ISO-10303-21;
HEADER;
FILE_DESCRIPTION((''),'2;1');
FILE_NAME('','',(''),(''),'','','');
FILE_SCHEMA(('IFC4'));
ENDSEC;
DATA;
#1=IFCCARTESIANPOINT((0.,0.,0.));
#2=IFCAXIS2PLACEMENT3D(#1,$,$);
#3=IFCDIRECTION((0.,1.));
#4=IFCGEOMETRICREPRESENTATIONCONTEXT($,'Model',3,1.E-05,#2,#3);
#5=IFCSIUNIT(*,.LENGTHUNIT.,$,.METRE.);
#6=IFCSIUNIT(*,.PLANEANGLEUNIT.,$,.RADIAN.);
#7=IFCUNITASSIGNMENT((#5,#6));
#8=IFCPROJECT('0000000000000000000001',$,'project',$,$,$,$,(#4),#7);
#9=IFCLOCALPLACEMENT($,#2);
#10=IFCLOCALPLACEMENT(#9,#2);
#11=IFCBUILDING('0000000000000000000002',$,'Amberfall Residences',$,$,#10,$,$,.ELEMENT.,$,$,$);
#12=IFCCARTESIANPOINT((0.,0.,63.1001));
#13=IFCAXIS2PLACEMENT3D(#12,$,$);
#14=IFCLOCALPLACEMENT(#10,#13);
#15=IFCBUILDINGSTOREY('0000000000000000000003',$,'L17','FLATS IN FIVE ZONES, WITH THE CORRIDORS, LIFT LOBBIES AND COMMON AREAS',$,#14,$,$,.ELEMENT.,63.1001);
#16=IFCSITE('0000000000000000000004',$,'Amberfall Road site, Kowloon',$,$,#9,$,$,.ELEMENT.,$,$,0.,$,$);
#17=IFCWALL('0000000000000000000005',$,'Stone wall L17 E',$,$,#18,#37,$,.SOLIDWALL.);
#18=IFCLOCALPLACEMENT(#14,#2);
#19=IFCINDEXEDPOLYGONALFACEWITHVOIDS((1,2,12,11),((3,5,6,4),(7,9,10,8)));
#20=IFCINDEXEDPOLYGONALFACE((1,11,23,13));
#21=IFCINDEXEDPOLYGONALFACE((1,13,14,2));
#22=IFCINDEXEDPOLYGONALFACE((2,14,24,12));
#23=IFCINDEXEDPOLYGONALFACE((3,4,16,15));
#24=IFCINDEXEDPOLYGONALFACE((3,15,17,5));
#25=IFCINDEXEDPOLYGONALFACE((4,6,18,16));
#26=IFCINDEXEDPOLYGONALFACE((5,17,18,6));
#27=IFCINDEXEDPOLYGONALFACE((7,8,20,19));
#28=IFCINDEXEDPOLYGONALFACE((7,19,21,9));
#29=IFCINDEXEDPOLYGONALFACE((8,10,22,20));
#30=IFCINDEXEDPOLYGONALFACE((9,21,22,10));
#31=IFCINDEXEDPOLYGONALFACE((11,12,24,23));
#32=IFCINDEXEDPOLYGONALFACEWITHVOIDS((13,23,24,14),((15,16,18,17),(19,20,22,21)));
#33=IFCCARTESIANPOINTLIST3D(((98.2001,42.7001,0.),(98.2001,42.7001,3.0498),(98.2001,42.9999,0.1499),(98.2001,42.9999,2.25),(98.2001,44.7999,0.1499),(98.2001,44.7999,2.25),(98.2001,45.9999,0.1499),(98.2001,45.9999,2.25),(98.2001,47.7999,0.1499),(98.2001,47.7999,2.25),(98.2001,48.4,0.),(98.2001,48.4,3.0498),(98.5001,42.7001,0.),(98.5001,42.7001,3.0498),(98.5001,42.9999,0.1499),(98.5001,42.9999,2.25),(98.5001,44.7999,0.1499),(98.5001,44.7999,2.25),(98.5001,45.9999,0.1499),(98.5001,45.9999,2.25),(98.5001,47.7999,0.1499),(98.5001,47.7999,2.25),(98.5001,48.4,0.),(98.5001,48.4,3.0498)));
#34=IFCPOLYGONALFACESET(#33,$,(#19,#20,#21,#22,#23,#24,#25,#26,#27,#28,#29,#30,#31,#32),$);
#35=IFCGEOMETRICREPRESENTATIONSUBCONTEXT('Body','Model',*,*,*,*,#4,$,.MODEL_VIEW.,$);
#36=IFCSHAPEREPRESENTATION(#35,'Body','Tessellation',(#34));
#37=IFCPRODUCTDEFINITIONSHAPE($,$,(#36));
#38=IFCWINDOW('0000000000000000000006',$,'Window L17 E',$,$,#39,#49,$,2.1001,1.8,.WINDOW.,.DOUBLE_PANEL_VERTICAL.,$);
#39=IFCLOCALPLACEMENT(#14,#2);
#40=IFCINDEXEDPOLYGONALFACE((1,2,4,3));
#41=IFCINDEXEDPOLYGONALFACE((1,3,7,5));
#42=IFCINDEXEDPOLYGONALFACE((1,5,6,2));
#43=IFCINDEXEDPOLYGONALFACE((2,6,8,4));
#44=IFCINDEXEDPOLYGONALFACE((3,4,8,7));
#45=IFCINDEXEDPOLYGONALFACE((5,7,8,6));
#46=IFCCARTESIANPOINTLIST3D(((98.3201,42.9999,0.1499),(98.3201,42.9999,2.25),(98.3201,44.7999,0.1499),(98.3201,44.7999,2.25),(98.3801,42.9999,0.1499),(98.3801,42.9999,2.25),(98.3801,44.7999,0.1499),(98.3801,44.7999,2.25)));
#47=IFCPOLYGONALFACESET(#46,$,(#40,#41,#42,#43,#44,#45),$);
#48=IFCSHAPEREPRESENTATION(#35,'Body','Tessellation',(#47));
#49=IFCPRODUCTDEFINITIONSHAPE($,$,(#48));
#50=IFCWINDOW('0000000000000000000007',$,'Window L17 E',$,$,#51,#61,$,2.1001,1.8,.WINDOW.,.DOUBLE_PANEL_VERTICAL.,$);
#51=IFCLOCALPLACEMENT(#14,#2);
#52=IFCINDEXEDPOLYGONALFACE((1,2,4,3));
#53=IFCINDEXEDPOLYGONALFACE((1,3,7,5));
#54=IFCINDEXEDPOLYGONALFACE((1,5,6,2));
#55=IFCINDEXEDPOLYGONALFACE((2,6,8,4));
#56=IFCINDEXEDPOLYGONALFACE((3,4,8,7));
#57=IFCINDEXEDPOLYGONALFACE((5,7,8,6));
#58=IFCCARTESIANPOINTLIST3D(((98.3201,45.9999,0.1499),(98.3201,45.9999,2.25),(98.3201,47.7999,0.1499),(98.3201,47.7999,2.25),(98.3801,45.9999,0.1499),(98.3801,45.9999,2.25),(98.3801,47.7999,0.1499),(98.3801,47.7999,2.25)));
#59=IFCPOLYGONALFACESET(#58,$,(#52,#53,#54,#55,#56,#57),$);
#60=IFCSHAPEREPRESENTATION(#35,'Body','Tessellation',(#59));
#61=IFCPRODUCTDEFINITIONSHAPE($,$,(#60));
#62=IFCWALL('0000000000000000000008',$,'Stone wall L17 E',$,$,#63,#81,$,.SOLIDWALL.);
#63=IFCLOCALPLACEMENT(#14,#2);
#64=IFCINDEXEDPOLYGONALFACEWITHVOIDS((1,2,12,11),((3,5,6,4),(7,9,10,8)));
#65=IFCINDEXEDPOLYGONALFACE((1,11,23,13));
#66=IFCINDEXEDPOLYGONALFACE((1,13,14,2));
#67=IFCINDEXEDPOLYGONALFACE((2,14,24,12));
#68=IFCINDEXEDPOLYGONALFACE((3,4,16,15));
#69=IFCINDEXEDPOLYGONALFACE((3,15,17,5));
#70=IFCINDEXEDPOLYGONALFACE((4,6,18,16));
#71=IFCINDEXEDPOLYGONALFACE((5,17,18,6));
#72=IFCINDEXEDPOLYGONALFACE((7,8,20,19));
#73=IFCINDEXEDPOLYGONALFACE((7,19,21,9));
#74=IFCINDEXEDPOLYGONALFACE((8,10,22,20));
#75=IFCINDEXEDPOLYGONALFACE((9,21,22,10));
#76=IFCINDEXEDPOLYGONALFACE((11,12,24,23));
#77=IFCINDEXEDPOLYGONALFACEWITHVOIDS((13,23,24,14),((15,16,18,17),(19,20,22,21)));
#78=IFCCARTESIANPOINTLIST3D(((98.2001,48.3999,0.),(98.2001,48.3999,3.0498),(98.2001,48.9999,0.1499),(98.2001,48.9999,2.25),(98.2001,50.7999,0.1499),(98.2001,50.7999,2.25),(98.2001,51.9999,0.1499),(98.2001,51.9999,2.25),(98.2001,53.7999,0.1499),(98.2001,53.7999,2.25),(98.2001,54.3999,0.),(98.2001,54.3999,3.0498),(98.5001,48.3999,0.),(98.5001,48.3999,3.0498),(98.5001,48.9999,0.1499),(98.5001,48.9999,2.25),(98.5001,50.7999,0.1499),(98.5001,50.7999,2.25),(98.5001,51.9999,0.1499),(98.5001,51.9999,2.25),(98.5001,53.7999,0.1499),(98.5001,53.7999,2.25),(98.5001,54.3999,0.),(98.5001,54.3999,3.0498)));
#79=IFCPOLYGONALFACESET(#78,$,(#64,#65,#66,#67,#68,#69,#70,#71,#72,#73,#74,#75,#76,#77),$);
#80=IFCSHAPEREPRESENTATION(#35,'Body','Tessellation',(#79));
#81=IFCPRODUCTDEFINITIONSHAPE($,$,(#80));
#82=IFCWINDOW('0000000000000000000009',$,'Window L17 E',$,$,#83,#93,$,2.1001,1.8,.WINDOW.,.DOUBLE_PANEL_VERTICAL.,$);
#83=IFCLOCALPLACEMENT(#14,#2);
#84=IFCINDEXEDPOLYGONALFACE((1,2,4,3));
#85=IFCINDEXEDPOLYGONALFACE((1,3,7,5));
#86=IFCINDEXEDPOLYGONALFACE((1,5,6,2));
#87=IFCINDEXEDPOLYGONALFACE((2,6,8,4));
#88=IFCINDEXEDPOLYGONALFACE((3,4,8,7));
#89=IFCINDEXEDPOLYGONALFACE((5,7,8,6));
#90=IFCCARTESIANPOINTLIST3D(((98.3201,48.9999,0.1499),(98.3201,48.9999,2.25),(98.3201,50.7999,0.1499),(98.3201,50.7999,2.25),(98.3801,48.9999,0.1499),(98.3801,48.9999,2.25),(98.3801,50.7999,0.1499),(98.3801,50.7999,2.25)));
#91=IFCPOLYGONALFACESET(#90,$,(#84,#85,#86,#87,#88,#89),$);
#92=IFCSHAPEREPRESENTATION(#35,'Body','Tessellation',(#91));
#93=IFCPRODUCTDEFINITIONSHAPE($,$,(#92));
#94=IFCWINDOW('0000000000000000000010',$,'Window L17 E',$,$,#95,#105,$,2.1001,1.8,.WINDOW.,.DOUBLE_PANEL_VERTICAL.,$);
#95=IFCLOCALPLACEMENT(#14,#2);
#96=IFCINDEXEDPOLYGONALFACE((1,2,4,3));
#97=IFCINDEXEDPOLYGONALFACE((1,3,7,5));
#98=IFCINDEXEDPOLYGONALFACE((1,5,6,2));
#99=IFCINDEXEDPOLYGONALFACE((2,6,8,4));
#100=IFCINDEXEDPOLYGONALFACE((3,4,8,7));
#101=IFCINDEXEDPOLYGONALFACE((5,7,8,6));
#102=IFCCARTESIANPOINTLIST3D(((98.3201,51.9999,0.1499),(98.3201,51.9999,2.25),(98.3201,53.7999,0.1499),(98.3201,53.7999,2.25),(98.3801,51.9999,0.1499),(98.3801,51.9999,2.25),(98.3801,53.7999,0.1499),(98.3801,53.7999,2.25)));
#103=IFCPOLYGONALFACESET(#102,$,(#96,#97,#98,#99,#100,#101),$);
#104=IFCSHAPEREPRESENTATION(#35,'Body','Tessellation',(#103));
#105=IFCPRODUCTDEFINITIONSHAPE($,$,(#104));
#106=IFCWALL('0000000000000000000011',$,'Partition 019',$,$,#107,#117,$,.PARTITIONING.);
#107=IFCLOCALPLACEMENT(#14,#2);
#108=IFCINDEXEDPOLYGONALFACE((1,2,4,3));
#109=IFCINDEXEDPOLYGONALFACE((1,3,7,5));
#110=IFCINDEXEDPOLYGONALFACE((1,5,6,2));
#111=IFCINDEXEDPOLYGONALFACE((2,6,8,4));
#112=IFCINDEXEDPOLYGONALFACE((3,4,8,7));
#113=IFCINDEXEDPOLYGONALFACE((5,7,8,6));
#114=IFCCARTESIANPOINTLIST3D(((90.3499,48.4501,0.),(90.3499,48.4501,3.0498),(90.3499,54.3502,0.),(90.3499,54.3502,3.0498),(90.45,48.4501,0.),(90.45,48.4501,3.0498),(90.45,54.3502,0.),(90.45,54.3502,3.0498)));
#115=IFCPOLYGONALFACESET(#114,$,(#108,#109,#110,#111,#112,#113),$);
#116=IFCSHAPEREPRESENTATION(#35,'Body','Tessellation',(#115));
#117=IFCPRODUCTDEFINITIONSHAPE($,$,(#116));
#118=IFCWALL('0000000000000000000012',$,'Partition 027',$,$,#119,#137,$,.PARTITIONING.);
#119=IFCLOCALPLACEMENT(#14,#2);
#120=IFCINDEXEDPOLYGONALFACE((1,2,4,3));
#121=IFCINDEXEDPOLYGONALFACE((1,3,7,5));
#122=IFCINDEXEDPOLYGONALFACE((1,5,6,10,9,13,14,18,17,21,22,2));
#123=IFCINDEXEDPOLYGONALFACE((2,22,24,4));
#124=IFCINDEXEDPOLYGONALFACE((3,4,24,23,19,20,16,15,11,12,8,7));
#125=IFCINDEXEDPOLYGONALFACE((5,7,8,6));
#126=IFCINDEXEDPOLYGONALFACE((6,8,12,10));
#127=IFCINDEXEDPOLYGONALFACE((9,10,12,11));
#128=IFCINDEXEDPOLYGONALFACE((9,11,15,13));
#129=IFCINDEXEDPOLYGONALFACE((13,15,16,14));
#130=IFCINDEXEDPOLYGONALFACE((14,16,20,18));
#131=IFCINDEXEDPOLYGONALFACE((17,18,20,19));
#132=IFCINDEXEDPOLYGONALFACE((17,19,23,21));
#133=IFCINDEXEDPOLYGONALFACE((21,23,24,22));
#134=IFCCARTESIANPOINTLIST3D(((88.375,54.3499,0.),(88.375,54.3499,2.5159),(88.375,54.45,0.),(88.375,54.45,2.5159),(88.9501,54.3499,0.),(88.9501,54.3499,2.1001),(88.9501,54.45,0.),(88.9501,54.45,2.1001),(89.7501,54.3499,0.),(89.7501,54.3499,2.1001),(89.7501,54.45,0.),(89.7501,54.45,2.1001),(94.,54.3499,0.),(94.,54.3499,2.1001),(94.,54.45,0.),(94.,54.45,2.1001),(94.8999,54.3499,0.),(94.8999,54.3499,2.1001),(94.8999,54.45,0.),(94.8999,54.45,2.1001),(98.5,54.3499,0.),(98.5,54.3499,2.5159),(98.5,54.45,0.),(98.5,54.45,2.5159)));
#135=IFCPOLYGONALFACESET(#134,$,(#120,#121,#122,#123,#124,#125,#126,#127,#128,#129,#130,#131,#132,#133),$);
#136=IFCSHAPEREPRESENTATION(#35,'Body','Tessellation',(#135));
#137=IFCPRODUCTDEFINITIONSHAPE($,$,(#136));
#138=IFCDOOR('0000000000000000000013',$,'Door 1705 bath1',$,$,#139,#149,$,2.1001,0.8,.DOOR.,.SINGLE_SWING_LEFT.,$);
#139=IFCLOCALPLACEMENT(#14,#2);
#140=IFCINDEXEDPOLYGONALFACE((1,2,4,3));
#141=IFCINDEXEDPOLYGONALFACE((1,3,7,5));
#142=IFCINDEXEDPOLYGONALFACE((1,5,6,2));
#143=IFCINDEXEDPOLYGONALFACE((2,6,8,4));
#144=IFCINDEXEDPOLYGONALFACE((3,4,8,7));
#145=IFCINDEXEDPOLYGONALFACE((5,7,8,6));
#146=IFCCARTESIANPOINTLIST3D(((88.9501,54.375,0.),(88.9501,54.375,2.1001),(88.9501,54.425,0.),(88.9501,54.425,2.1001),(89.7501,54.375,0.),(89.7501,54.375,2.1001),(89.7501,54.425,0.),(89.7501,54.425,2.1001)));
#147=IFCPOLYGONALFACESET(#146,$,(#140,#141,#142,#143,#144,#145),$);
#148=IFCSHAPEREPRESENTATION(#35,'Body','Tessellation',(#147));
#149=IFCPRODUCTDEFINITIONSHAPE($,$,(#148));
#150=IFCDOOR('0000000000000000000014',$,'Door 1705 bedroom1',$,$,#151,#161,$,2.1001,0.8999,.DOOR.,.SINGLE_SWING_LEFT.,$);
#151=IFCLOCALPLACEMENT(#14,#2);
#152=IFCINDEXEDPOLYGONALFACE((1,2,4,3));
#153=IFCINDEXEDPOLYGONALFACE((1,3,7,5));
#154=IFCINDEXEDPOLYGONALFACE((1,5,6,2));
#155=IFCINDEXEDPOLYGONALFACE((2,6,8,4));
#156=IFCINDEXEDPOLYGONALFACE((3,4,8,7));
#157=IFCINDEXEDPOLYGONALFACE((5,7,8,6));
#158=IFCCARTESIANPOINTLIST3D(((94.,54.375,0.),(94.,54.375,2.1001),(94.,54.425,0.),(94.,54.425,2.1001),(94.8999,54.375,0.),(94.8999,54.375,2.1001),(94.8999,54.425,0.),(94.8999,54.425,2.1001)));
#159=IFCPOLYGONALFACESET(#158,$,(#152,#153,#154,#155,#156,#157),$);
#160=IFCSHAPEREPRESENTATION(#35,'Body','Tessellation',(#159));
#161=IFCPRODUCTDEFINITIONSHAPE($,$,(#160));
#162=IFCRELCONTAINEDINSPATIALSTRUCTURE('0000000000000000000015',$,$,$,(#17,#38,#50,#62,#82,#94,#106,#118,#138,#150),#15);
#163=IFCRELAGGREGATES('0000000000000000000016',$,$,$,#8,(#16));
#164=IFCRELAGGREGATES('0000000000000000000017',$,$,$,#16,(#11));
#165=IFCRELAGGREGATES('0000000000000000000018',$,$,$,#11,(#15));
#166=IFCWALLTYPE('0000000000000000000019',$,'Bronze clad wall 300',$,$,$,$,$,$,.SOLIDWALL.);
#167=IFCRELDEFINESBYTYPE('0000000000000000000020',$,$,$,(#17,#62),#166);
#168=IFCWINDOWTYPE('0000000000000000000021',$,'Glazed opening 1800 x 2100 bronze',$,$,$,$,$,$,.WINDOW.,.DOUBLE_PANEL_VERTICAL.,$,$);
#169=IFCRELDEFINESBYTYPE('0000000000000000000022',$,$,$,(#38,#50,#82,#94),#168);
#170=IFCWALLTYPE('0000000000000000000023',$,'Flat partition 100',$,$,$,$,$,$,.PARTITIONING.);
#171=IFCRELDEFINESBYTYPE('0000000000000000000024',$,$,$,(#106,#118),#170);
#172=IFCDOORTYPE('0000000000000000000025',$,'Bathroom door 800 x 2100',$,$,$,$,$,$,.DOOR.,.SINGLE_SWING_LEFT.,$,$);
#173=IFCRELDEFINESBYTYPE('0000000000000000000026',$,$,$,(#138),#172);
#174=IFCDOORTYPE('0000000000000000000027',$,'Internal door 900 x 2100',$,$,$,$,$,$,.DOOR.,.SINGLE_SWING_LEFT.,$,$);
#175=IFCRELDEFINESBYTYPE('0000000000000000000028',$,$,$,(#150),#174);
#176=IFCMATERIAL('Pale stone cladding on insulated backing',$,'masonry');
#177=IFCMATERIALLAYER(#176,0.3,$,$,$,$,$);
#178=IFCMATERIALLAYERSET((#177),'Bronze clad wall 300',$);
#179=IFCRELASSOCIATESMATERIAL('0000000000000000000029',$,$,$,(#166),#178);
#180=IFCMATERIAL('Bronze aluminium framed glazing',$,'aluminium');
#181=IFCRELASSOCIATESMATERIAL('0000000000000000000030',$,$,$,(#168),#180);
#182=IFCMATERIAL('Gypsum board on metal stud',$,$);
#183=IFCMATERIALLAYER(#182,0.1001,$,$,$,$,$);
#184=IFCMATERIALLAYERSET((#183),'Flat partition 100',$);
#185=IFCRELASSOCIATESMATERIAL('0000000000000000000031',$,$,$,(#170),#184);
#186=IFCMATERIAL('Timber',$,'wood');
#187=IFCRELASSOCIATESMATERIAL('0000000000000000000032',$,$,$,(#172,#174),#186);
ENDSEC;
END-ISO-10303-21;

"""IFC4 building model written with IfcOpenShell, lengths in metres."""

from ifc_helpers import new_model, si_unit, direction, frame, frame_2d, origin, place, context, subcontext, project, spatial, rectangle, extrude, material, layer, layer_set, type_object, element, fill, save


model = new_model("IFC4")

# Units and contexts
model_context = context("Model", 3, precision=1e-05, world=origin(), true_north=direction((0.0, 1.0)))
body_context = subcontext(model_context, "Body", "Model", "MODEL_VIEW")
ifc_project = project(units=[si_unit("LENGTHUNIT", "METRE"), si_unit("PLANEANGLEUNIT", "RADIAN")], contexts=[model_context])

# Site, building, storey
site_placement = place(None, origin())
site = spatial("IfcSite", under=ifc_project, at=site_placement, Name="Amberfall Road site, Kowloon", CompositionType="ELEMENT", RefElevation=0.0)
building_placement = place(site_placement, origin())
building = spatial("IfcBuilding", under=site, at=building_placement, Name="Amberfall Residences", CompositionType="ELEMENT")
storey_placement = place(building_placement, frame((0.0, 0.0, 63.1001)))
storey = spatial("IfcBuildingStorey", under=building, at=storey_placement, Name="L17", Description="FLATS IN FIVE ZONES, WITH THE CORRIDORS, LIFT LOBBIES AND COMMON AREAS", CompositionType="ELEMENT", Elevation=63.1001)

# Shared definitions
ifc_material_1 = material(Name="Pale stone cladding on insulated backing", Category="masonry")
ifc_layer_1 = layer(ifc_material_1, 0.3)
ifc_layer_set_1 = layer_set([ifc_layer_1], Name="Bronze clad wall 300")
wall_type_1 = type_object("IfcWallType", Name="Bronze clad wall 300", PredefinedType="SOLIDWALL", material=ifc_layer_set_1)
ifc_material_2 = material(Name="Bronze aluminium framed glazing", Category="aluminium")

# Walls, openings, windows
wall_1_placement = place(storey_placement, frame((98.3501, 42.7, 0.0), z_axis=(0.0, 0.0, 1.0), x_axis=(0.0, 1.0, 0.0)))
wall_1 = element("IfcWall", 1, at=wall_1_placement, inside=storey, type_object=wall_type_1, Name="Stone wall L17 E", PredefinedType="SOLIDWALL", context=body_context, shape_type="SweptSolid", body=[
    extrude(rectangle(XDim=5.7, YDim=0.3, at=frame_2d((2.8501, 0.0))), origin(), (0.0, 0.0, 1.0), 3.0498),
])
opening_1_placement = place(wall_1_placement, frame((0.3, 0.0, 0.1499)))
opening_1 = element("IfcOpeningElement", 2, at=opening_1_placement, cuts=wall_1, PredefinedType="OPENING", context=body_context, shape_type="SweptSolid", body=[
    extrude(rectangle(XDim=1.8, YDim=2.1001, at=frame_2d((0.8999, 1.05))), frame((0.0, 0.1599, 0.0), z_axis=(0.0, -1.0, 0.0), x_axis=(1.0, 0.0, 0.0)), (0.0, 0.0, 1.0), 0.3201),
])
opening_2_placement = place(wall_1_placement, frame((3.3, 0.0, 0.1499)))
opening_2 = element("IfcOpeningElement", 3, at=opening_2_placement, cuts=wall_1, PredefinedType="OPENING", context=body_context, shape_type="SweptSolid", body=[
    extrude(rectangle(XDim=1.8, YDim=2.1001, at=frame_2d((0.8999, 1.05))), frame((0.0, 0.1599, 0.0), z_axis=(0.0, -1.0, 0.0), x_axis=(1.0, 0.0, 0.0)), (0.0, 0.0, 1.0), 0.3201),
])
window_type_1 = type_object("IfcWindowType", Name="Glazed opening 1800 x 2100 bronze", PartitioningType="DOUBLE_PANEL_VERTICAL", PredefinedType="WINDOW", material=ifc_material_2)
window_1_placement = place(opening_1_placement, origin())
window_1 = element("IfcWindow", 4, at=window_1_placement, inside=storey, type_object=window_type_1, Name="Window L17 E", OverallHeight=2.1001, OverallWidth=1.8, PartitioningType="DOUBLE_PANEL_VERTICAL", PredefinedType="WINDOW", context=body_context, shape_type="SweptSolid", body=[
    extrude(rectangle(XDim=1.8, YDim=2.1001, at=frame_2d((0.8999, 1.05))), frame((0.0, 0.03, 0.0), z_axis=(0.0, -1.0, 0.0), x_axis=(1.0, 0.0, 0.0)), (0.0, 0.0, 1.0), 0.0601),
])
fill(opening_1, window_1)
window_2_placement = place(opening_2_placement, origin())
window_2 = element("IfcWindow", 5, at=window_2_placement, inside=storey, type_object=window_type_1, Name="Window L17 E", OverallHeight=2.1001, OverallWidth=1.8, PartitioningType="DOUBLE_PANEL_VERTICAL", PredefinedType="WINDOW", context=body_context, shape_type="SweptSolid", body=[
    extrude(rectangle(XDim=1.8, YDim=2.1001, at=frame_2d((0.8999, 1.05))), frame((0.0, 0.03, 0.0), z_axis=(0.0, -1.0, 0.0), x_axis=(1.0, 0.0, 0.0)), (0.0, 0.0, 1.0), 0.0601),
])
fill(opening_2, window_2)
wall_2_placement = place(storey_placement, frame((98.3501, 48.3999, 0.0), z_axis=(0.0, 0.0, 1.0), x_axis=(0.0, 1.0, 0.0)))
wall_2 = element("IfcWall", 6, at=wall_2_placement, inside=storey, type_object=wall_type_1, Name="Stone wall L17 E", PredefinedType="SOLIDWALL", context=body_context, shape_type="SweptSolid", body=[
    extrude(rectangle(XDim=6.0, YDim=0.3, at=frame_2d((3.0, 0.0))), origin(), (0.0, 0.0, 1.0), 3.0498),
])
opening_3_placement = place(wall_2_placement, frame((0.6001, 0.0, 0.1499)))
opening_3 = element("IfcOpeningElement", 7, at=opening_3_placement, cuts=wall_2, PredefinedType="OPENING", context=body_context, shape_type="SweptSolid", body=[
    extrude(rectangle(XDim=1.8, YDim=2.1001, at=frame_2d((0.8999, 1.05))), frame((0.0, 0.1599, 0.0), z_axis=(0.0, -1.0, 0.0), x_axis=(1.0, 0.0, 0.0)), (0.0, 0.0, 1.0), 0.3201),
])
opening_4_placement = place(wall_2_placement, frame((3.6001, 0.0, 0.1499)))
opening_4 = element("IfcOpeningElement", 8, at=opening_4_placement, cuts=wall_2, PredefinedType="OPENING", context=body_context, shape_type="SweptSolid", body=[
    extrude(rectangle(XDim=1.8, YDim=2.1001, at=frame_2d((0.8999, 1.05))), frame((0.0, 0.1599, 0.0), z_axis=(0.0, -1.0, 0.0), x_axis=(1.0, 0.0, 0.0)), (0.0, 0.0, 1.0), 0.3201),
])
window_3_placement = place(opening_3_placement, origin())
window_3 = element("IfcWindow", 9, at=window_3_placement, inside=storey, type_object=window_type_1, Name="Window L17 E", OverallHeight=2.1001, OverallWidth=1.8, PartitioningType="DOUBLE_PANEL_VERTICAL", PredefinedType="WINDOW", context=body_context, shape_type="SweptSolid", body=[
    extrude(rectangle(XDim=1.8, YDim=2.1001, at=frame_2d((0.8999, 1.05))), frame((0.0, 0.03, 0.0), z_axis=(0.0, -1.0, 0.0), x_axis=(1.0, 0.0, 0.0)), (0.0, 0.0, 1.0), 0.0601),
])
fill(opening_3, window_3)
window_4_placement = place(opening_4_placement, origin())
window_4 = element("IfcWindow", 10, at=window_4_placement, inside=storey, type_object=window_type_1, Name="Window L17 E", OverallHeight=2.1001, OverallWidth=1.8, PartitioningType="DOUBLE_PANEL_VERTICAL", PredefinedType="WINDOW", context=body_context, shape_type="SweptSolid", body=[
    extrude(rectangle(XDim=1.8, YDim=2.1001, at=frame_2d((0.8999, 1.05))), frame((0.0, 0.03, 0.0), z_axis=(0.0, -1.0, 0.0), x_axis=(1.0, 0.0, 0.0)), (0.0, 0.0, 1.0), 0.0601),
])
fill(opening_4, window_4)

# Wall
ifc_material_3 = material(Name="Gypsum board on metal stud")
ifc_layer_2 = layer(ifc_material_3, 0.1001)
ifc_layer_set_2 = layer_set([ifc_layer_2], Name="Flat partition 100")
wall_type_2 = type_object("IfcWallType", Name="Flat partition 100", PredefinedType="PARTITIONING", material=ifc_layer_set_2)
wall_3_placement = place(storey_placement, frame((90.3999, 48.45, 0.0), z_axis=(0.0, 0.0, 1.0), x_axis=(0.0, 1.0, 0.0)))
element("IfcWall", 11, at=wall_3_placement, inside=storey, type_object=wall_type_2, Name="Partition 019", PredefinedType="PARTITIONING", context=body_context, shape_type="SweptSolid", body=[
    extrude(rectangle(XDim=5.9001, YDim=0.1001, at=frame_2d((2.9502, 0.0))), origin(), (0.0, 0.0, 1.0), 3.0498),
])

# Wall, openings, doors
wall_4_placement = place(storey_placement, frame((98.5, 54.3999, 0.0), z_axis=(0.0, 0.0, 1.0), x_axis=(-1.0, 0.0, 0.0)))
wall_4 = element("IfcWall", 12, at=wall_4_placement, inside=storey, type_object=wall_type_2, Name="Partition 027", PredefinedType="PARTITIONING", context=body_context, shape_type="SweptSolid", body=[
    extrude(rectangle(XDim=10.125, YDim=0.1001, at=frame_2d((5.0625, 0.0))), origin(), (0.0, 0.0, 1.0), 2.5159),
])
opening_5_placement = place(wall_4_placement, frame((3.6001, 0.0, 0.0)))
opening_5 = element("IfcOpeningElement", 13, at=opening_5_placement, cuts=wall_4, PredefinedType="OPENING", context=body_context, shape_type="SweptSolid", body=[
    extrude(rectangle(XDim=0.8999, YDim=2.1001, at=frame_2d((0.45, 1.05))), frame((0.0, 0.0601, 0.0), z_axis=(0.0, -1.0, 0.0), x_axis=(1.0, 0.0, 0.0)), (0.0, 0.0, 1.0), 0.1201),
])
opening_6_placement = place(wall_4_placement, frame((8.75, 0.0, 0.0)))
opening_6 = element("IfcOpeningElement", 14, at=opening_6_placement, cuts=wall_4, PredefinedType="OPENING", context=body_context, shape_type="SweptSolid", body=[
    extrude(rectangle(XDim=0.8, YDim=2.1001, at=frame_2d((0.3999, 1.05))), frame((0.0, 0.0601, 0.0), z_axis=(0.0, -1.0, 0.0), x_axis=(1.0, 0.0, 0.0)), (0.0, 0.0, 1.0), 0.1201),
])
ifc_material_4 = material(Name="Timber", Category="wood")
door_type_1 = type_object("IfcDoorType", Name="Bathroom door 800 x 2100", OperationType="SINGLE_SWING_LEFT", PredefinedType="DOOR", material=ifc_material_4)
door_1_placement = place(opening_6_placement, origin())
door_1 = element("IfcDoor", 15, at=door_1_placement, inside=storey, type_object=door_type_1, Name="Door 1705 bath1", OperationType="SINGLE_SWING_LEFT", OverallHeight=2.1001, OverallWidth=0.8, PredefinedType="DOOR", context=body_context, shape_type="SweptSolid", body=[
    extrude(rectangle(XDim=0.8, YDim=2.1001, at=frame_2d((0.3999, 1.05))), frame((0.0, 0.0249, 0.0), z_axis=(0.0, -1.0, 0.0), x_axis=(1.0, 0.0, 0.0)), (0.0, 0.0, 1.0), 0.05),
])
fill(opening_6, door_1)
door_type_2 = type_object("IfcDoorType", Name="Internal door 900 x 2100", OperationType="SINGLE_SWING_LEFT", PredefinedType="DOOR", material=ifc_material_4)
door_2_placement = place(opening_5_placement, origin())
door_2 = element("IfcDoor", 16, at=door_2_placement, inside=storey, type_object=door_type_2, Name="Door 1705 bedroom1", OperationType="SINGLE_SWING_LEFT", OverallHeight=2.1001, OverallWidth=0.8999, PredefinedType="DOOR", context=body_context, shape_type="SweptSolid", body=[
    extrude(rectangle(XDim=0.8999, YDim=2.1001, at=frame_2d((0.45, 1.05))), frame((0.0, 0.0249, 0.0), z_axis=(0.0, -1.0, 0.0), x_axis=(1.0, 0.0, 0.0)), (0.0, 0.0, 1.0), 0.05),
])
fill(opening_5, door_2)

save(model, "model.ifc")
